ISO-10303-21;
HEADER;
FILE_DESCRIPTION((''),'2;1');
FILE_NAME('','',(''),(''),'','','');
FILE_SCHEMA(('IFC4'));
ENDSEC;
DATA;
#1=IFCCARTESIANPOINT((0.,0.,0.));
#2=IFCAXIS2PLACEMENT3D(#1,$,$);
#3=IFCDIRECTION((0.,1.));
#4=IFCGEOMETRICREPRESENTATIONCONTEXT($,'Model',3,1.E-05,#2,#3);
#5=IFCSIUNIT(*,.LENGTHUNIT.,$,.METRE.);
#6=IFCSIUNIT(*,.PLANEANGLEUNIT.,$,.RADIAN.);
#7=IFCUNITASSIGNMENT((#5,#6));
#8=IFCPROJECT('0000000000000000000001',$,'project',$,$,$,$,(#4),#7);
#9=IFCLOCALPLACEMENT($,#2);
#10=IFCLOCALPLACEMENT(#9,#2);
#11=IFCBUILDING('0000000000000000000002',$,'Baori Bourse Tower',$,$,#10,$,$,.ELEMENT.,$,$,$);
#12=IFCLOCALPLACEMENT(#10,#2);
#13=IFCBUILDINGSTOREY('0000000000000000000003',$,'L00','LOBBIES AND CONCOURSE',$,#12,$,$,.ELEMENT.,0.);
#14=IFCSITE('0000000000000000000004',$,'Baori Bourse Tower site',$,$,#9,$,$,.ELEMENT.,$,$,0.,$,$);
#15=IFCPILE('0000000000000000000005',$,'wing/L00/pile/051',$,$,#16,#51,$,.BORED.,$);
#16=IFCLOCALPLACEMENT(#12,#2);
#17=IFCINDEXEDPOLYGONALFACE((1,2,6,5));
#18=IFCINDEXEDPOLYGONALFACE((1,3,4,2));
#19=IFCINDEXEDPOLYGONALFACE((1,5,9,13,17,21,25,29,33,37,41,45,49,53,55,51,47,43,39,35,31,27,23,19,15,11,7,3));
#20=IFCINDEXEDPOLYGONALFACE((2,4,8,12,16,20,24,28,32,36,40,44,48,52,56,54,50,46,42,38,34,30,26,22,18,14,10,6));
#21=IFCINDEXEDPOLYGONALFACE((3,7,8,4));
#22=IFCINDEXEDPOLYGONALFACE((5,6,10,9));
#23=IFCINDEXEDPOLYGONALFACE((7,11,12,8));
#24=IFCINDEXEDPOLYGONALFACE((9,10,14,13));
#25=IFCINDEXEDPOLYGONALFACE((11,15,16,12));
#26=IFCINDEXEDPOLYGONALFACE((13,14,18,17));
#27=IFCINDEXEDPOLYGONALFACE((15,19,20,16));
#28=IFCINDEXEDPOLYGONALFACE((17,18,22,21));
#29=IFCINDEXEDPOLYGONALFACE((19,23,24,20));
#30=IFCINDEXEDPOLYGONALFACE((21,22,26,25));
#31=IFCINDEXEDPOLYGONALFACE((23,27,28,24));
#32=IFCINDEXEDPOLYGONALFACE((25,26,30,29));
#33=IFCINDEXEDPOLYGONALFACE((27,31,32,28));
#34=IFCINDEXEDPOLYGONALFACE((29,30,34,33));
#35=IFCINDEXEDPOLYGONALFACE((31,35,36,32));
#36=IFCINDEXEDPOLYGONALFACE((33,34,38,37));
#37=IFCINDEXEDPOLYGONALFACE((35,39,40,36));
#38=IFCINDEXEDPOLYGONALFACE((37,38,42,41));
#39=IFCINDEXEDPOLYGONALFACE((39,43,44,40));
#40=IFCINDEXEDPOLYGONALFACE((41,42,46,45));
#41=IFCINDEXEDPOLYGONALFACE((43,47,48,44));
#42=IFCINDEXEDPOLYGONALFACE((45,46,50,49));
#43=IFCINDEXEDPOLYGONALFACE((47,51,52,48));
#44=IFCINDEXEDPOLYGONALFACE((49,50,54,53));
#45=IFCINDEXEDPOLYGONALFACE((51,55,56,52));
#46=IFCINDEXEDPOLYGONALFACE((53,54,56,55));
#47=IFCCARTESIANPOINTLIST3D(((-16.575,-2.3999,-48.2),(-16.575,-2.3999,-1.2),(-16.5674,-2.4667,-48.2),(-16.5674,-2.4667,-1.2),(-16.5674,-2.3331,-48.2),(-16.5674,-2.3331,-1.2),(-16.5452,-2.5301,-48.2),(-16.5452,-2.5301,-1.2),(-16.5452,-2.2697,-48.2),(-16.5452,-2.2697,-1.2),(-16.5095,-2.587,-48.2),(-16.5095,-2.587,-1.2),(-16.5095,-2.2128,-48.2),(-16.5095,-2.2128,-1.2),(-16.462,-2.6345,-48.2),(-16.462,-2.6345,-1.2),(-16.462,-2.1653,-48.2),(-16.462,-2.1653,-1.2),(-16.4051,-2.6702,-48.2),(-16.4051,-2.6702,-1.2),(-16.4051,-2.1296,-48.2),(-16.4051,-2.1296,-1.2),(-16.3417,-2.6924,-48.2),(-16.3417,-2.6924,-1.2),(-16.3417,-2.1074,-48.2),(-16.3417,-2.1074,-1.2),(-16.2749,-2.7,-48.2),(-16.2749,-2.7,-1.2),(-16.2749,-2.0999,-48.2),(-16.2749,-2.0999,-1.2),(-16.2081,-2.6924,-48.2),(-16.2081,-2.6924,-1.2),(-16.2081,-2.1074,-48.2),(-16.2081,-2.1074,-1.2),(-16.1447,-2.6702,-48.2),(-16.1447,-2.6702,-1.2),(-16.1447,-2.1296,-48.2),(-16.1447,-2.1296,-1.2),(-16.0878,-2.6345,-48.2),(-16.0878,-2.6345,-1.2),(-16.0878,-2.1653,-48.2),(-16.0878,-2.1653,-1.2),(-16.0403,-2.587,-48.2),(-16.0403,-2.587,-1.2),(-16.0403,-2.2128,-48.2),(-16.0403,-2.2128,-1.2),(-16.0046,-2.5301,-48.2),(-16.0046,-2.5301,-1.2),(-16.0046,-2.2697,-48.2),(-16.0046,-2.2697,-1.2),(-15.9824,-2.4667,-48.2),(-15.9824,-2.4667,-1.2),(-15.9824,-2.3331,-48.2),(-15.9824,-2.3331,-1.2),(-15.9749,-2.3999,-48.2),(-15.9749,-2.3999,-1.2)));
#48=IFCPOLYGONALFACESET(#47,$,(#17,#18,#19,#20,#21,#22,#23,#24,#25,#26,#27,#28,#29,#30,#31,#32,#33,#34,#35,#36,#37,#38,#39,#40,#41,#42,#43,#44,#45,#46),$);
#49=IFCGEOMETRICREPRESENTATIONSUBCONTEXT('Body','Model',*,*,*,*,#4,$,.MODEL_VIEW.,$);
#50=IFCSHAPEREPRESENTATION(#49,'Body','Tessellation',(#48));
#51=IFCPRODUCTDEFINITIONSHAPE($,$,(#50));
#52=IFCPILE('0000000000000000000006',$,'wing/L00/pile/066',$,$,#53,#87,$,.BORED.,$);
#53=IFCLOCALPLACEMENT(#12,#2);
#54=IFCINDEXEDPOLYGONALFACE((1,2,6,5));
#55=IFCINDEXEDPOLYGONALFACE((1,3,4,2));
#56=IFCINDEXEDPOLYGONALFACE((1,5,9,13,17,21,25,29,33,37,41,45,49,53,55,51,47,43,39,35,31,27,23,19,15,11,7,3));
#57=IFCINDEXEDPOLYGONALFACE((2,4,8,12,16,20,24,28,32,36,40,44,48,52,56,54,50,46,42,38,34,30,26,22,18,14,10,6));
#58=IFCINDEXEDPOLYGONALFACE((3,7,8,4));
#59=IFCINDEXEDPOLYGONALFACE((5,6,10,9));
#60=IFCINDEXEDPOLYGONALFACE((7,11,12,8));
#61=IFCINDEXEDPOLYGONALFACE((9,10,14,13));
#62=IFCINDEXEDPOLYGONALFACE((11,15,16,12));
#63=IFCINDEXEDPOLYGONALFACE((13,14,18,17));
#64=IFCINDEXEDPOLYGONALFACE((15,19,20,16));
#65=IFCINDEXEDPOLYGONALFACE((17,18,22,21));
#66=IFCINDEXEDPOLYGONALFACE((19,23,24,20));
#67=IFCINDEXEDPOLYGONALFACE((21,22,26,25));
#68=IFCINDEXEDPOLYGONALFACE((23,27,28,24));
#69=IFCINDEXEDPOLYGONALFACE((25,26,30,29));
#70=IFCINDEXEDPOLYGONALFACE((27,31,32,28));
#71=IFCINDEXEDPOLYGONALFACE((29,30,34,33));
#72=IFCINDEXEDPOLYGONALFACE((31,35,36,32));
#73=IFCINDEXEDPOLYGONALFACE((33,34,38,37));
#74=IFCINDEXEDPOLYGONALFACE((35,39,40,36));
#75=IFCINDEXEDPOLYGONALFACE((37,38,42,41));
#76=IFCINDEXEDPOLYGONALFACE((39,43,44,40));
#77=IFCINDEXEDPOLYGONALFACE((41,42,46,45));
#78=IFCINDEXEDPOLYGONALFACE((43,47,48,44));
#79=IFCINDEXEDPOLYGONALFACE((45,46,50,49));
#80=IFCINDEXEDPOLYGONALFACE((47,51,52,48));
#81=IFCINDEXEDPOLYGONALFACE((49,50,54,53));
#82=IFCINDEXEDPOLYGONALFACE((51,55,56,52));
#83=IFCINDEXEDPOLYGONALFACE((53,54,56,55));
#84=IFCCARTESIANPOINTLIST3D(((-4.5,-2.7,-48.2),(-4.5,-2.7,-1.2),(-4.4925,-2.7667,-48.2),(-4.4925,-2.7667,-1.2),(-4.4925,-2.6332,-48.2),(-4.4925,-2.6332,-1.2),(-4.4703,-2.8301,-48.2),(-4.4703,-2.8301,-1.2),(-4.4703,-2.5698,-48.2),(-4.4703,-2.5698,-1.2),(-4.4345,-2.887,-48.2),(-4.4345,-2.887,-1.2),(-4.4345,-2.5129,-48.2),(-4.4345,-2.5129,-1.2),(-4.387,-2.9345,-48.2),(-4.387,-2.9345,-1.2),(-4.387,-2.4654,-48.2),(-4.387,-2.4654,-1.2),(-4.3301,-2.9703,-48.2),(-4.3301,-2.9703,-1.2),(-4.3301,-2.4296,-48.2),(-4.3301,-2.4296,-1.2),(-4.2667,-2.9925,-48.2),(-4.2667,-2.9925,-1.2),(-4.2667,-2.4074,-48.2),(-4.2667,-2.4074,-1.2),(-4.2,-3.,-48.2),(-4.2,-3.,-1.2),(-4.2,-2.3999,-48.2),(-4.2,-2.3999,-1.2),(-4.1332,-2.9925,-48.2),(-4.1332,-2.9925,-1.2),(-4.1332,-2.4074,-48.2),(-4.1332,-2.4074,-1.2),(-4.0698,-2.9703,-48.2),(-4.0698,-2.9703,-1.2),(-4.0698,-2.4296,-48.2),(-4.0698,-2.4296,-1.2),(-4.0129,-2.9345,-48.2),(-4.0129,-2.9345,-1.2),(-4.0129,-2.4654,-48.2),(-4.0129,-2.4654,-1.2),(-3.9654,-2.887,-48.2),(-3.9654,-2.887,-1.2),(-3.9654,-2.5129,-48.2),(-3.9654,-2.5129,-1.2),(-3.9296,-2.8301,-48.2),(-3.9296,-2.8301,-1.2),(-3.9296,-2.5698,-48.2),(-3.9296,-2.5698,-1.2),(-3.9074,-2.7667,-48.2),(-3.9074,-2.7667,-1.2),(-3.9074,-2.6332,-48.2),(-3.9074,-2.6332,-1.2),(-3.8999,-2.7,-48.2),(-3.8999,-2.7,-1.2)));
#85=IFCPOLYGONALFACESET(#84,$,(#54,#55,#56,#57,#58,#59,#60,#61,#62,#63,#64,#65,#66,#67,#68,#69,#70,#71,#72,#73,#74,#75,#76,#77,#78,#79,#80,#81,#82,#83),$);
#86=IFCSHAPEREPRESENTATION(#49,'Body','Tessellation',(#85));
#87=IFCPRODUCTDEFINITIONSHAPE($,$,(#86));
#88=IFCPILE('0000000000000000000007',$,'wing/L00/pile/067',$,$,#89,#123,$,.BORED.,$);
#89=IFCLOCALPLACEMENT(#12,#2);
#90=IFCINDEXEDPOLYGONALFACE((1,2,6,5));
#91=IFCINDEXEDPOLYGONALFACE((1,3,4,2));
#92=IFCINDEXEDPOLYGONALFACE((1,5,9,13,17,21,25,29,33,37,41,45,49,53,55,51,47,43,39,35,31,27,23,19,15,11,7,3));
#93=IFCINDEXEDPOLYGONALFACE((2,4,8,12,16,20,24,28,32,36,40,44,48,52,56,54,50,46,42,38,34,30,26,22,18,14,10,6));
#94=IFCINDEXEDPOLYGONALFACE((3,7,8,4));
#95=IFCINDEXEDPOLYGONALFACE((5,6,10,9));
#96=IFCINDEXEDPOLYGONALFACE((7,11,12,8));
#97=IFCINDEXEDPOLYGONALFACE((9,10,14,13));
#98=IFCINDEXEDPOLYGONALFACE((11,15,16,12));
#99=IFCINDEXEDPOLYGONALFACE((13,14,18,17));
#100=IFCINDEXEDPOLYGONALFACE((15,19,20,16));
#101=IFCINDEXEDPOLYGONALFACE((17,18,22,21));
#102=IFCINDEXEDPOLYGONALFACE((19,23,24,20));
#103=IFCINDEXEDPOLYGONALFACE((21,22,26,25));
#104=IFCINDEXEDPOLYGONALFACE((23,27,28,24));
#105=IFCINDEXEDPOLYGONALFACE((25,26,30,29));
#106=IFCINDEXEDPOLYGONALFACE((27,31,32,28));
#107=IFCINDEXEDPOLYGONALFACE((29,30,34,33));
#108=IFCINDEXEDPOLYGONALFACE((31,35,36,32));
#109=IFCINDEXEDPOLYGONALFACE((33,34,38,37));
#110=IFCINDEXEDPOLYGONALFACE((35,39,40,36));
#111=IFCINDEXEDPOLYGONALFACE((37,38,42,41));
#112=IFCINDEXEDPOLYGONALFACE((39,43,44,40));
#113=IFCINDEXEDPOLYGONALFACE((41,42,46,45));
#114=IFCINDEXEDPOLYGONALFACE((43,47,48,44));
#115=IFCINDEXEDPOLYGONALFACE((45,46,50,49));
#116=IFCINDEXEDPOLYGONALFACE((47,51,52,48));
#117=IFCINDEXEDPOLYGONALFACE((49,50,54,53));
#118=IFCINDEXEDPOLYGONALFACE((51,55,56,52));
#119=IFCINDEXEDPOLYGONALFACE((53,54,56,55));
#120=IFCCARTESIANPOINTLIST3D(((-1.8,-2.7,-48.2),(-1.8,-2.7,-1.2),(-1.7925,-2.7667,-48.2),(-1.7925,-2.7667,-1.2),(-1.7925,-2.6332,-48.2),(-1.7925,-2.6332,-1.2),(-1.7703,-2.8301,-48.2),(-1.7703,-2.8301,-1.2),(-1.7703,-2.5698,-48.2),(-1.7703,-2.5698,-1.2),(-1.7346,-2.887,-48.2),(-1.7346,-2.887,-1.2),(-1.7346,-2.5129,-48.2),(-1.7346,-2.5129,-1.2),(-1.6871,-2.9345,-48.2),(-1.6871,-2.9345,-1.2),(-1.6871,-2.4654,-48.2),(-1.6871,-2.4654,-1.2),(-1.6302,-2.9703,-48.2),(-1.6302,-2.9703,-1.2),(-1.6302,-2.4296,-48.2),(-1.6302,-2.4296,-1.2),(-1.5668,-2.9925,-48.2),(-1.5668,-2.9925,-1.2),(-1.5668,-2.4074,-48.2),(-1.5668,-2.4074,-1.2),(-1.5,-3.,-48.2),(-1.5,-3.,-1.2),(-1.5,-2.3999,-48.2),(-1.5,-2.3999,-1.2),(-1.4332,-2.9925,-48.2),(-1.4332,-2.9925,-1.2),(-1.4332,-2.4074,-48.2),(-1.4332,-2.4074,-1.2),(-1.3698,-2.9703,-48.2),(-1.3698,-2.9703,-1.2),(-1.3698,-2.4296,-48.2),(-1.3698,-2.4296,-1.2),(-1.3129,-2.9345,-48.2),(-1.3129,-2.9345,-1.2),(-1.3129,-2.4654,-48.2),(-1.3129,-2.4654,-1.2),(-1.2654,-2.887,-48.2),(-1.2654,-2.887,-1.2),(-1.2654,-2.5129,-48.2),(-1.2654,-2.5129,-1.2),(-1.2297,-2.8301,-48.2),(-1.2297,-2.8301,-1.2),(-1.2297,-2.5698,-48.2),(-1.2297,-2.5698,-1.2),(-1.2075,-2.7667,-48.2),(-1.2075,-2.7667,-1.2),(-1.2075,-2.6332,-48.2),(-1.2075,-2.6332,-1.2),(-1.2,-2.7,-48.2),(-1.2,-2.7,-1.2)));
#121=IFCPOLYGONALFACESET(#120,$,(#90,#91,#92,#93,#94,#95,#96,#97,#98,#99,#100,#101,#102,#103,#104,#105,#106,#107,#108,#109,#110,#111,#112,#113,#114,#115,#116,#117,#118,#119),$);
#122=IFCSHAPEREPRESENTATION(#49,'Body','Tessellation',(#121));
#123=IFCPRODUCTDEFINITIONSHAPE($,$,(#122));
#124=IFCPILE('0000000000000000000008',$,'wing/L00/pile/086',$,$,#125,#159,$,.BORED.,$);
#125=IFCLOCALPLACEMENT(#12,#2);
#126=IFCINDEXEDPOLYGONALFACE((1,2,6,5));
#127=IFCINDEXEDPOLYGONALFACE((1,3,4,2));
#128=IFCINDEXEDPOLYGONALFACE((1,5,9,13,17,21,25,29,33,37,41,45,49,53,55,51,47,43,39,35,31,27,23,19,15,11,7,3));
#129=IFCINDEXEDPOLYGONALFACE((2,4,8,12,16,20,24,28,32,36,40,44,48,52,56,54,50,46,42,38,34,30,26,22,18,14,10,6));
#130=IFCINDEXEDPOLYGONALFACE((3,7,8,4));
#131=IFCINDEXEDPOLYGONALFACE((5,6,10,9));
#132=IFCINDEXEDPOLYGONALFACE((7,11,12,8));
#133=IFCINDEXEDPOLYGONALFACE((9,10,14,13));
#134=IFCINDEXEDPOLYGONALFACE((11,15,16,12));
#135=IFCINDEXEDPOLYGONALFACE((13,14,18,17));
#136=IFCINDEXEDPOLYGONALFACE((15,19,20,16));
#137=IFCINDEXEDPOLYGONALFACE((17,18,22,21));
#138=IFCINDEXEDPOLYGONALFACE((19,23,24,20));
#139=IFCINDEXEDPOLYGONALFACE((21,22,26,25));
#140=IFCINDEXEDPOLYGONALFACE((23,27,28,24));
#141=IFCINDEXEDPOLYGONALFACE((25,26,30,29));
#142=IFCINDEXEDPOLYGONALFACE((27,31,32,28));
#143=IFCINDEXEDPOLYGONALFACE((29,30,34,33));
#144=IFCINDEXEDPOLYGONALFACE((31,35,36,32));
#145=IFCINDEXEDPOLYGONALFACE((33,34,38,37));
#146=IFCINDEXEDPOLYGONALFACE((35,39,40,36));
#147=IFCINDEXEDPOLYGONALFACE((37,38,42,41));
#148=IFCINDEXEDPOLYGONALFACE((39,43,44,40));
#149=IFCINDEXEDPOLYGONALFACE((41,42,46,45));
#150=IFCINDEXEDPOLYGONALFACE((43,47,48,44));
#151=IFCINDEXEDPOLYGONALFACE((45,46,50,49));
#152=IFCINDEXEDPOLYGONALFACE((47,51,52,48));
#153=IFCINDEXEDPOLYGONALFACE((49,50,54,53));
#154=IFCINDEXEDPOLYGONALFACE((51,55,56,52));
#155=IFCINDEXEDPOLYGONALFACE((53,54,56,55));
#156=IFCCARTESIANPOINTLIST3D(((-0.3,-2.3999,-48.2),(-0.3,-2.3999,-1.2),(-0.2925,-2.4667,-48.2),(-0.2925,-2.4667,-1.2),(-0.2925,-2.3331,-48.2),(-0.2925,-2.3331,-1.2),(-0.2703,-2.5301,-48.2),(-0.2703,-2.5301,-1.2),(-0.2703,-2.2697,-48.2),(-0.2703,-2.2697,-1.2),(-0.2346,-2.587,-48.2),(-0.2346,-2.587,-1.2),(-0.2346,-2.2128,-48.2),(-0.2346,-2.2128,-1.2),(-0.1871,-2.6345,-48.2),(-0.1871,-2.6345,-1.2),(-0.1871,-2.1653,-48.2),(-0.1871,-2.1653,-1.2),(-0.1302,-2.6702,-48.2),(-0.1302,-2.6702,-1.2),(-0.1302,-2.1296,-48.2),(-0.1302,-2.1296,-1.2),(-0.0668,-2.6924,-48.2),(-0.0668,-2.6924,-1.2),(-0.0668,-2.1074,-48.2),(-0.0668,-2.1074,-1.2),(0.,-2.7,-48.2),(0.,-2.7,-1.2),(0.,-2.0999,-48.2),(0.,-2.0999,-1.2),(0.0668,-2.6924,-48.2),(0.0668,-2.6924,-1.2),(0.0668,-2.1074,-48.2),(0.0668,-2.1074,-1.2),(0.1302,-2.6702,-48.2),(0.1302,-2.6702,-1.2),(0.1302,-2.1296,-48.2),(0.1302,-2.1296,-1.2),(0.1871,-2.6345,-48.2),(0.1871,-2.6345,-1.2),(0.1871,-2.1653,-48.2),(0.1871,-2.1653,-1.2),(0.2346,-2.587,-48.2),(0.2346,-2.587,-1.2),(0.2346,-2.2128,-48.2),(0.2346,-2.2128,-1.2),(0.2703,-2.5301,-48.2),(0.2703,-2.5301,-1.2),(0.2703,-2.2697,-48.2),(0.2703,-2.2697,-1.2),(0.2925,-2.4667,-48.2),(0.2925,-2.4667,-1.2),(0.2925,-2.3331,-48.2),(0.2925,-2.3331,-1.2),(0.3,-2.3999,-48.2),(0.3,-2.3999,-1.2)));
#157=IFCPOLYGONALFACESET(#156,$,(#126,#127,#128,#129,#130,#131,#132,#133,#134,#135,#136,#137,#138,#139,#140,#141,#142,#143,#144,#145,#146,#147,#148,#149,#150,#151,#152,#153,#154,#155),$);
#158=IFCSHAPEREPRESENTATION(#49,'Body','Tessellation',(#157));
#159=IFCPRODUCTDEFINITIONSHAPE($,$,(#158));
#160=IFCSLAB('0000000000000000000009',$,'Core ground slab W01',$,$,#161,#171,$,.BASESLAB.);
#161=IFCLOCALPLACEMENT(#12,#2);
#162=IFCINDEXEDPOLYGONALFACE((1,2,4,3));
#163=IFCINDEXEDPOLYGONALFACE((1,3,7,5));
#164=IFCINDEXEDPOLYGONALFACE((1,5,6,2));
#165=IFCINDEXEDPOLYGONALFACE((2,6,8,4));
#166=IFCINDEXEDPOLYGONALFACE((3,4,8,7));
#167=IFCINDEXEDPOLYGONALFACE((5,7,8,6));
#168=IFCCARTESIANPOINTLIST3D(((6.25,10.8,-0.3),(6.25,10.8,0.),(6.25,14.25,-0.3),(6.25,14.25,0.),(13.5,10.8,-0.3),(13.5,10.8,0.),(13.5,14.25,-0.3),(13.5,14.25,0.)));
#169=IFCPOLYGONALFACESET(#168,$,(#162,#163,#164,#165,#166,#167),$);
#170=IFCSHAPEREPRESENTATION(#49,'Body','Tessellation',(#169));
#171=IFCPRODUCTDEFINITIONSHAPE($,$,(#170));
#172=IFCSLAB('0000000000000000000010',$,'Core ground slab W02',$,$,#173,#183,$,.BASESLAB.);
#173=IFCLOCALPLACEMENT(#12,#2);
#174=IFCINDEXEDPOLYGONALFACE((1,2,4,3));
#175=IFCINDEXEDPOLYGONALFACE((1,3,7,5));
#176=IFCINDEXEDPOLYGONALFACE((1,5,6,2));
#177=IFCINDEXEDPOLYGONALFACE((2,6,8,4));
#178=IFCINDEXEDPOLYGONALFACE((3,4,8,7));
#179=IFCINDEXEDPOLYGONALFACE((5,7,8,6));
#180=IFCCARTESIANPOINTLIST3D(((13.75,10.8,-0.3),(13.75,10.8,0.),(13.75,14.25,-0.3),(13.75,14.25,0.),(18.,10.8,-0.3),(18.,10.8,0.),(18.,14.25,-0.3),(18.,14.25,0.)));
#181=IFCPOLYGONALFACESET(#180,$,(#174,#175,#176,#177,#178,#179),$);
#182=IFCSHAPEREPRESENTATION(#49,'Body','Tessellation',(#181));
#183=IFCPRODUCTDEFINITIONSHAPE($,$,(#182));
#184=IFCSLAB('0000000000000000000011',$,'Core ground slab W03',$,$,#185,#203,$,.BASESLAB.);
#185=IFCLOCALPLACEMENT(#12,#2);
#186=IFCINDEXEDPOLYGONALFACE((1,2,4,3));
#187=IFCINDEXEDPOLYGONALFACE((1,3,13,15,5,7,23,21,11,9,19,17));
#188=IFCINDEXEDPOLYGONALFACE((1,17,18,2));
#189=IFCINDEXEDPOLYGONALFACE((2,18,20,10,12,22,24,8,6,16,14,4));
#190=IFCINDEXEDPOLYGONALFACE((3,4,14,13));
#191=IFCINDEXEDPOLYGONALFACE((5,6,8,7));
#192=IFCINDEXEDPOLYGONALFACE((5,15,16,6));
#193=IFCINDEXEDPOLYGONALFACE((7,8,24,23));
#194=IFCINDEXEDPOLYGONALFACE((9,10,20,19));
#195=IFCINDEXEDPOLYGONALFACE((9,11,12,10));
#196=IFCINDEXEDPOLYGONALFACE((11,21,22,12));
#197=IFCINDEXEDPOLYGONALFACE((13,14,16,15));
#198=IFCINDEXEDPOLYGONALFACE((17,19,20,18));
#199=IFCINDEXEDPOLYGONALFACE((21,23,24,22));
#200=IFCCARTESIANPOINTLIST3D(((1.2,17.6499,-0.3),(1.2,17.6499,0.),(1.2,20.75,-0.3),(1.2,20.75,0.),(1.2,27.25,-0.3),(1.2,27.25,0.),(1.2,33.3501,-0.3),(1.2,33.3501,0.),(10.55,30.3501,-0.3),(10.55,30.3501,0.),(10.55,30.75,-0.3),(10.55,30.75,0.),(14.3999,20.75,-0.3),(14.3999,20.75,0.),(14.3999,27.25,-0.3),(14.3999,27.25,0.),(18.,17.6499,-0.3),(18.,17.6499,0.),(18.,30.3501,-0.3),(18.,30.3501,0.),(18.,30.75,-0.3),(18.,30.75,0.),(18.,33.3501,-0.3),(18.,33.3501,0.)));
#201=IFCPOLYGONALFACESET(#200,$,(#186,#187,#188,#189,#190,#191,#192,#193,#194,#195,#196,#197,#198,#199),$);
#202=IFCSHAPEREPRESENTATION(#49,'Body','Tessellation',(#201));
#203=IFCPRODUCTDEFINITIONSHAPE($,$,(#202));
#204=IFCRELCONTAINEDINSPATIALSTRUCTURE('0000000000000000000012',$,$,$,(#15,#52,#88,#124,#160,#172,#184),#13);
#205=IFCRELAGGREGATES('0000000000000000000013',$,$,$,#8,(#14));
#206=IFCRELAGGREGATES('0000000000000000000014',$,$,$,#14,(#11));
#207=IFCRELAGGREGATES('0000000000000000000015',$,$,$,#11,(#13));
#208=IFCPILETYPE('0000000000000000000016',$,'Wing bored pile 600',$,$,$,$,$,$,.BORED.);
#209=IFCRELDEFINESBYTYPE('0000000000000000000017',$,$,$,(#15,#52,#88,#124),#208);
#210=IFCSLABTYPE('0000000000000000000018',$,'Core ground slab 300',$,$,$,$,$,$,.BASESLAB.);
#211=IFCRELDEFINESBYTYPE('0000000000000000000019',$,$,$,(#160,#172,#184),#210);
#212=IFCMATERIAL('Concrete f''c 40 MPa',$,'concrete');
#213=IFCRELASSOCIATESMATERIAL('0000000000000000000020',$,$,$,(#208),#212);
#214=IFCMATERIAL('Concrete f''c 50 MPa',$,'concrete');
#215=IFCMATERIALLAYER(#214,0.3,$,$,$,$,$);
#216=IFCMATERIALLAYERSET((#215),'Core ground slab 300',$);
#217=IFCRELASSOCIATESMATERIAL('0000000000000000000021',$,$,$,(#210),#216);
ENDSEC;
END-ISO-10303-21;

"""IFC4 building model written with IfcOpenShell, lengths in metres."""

from ifc_helpers import new_model, si_unit, direction, frame, origin, origin_2d, place, context, subcontext, project, spatial, polyline, circle, outline, extrude, material, layer, layer_set, material_profile, profile_set, type_object, element, save


model = new_model("IFC4")

# Units and contexts
model_context = context("Model", 3, precision=1e-05, world=origin(), true_north=direction((0.0, 1.0)))
body_context = subcontext(model_context, "Body", "Model", "MODEL_VIEW")
ifc_project = project(units=[si_unit("LENGTHUNIT", "METRE"), si_unit("PLANEANGLEUNIT", "RADIAN")], contexts=[model_context])

# Site, building, storey
site_placement = place(None, origin())
site = spatial("IfcSite", under=ifc_project, at=site_placement, Name="Baori Bourse Tower site", CompositionType="ELEMENT", RefElevation=0.0)
building_placement = place(site_placement, origin())
building = spatial("IfcBuilding", under=site, at=building_placement, Name="Baori Bourse Tower", CompositionType="ELEMENT")
storey_placement = place(building_placement, origin())
storey = spatial("IfcBuildingStorey", under=building, at=storey_placement, Name="L00", Description="LOBBIES AND CONCOURSE", CompositionType="ELEMENT", Elevation=0.0)

# Piles
ifc_material_1 = material(Name="Concrete f'c 40 MPa", Category="concrete")
ifc_material_profile = material_profile(ifc_material_1, circle(Radius=0.3, at=origin_2d()), Name="Wing bored pile 600")
ifc_profile_set = profile_set([ifc_material_profile], Name="Concrete f'c 40 MPa")
pile_type = type_object("IfcPileType", Name="Wing bored pile 600", PredefinedType="BORED", material=ifc_profile_set)
for number, where, z_axis, x_axis, name in (
    (1, (-16.2749, -2.3999, -1.2), (0.0, 0.0, -1.0), (1.0, 0.0, 0.0), "wing/L00/pile/051"),
    (2, (-4.2, -2.7, -1.2), (0.0, 0.0, -1.0), (1.0, 0.0, 0.0), "wing/L00/pile/066"),
    (3, (-1.5, -2.7, -1.2), (0.0, 0.0, -1.0), (1.0, 0.0, 0.0), "wing/L00/pile/067"),
    (4, (0.0, -2.3999, -1.2), (0.0, 0.0, -1.0), (1.0, 0.0, 0.0), "wing/L00/pile/086"),
):
    element("IfcPile", number, at=place(storey_placement, frame(where, z_axis=z_axis, x_axis=x_axis)), inside=storey, type_object=pile_type, Name=name, PredefinedType="BORED", context=body_context, shape_type="SweptSolid", body=[
        extrude(circle(Radius=0.3, at=origin_2d()), origin(), (0.0, 0.0, 1.0), 47.0),
    ])

# Slabs
ifc_material_2 = material(Name="Concrete f'c 50 MPa", Category="concrete")
ifc_layer_1 = layer(ifc_material_2, 0.3)
ifc_layer_set_1 = layer_set([ifc_layer_1], Name="Core ground slab 300")
slab_type_1 = type_object("IfcSlabType", Name="Core ground slab 300", PredefinedType="BASESLAB", material=ifc_layer_set_1)
slab_1_placement = place(storey_placement, frame((0.0, 0.0, -0.3)))
element("IfcSlab", 5, at=slab_1_placement, inside=storey, type_object=slab_type_1, Name="Core ground slab W01", PredefinedType="BASESLAB", context=body_context, shape_type="SweptSolid", body=[
    extrude(outline(polyline([(6.25, 14.25), (6.25, 10.8), (13.5, 10.8), (13.5, 14.25), (6.25, 14.25)])), origin(), (0.0, 0.0, 1.0), 0.3),
])
slab_2_placement = place(storey_placement, frame((0.0, 0.0, -0.3)))
element("IfcSlab", 6, at=slab_2_placement, inside=storey, type_object=slab_type_1, Name="Core ground slab W02", PredefinedType="BASESLAB", context=body_context, shape_type="SweptSolid", body=[
    extrude(outline(polyline([(13.75, 10.8), (18.0, 10.8), (18.0, 14.25), (13.75, 14.25), (13.75, 10.8)])), origin(), (0.0, 0.0, 1.0), 0.3),
])
slab_3_placement = place(storey_placement, frame((0.0, 0.0, -0.3)))
element("IfcSlab", 7, at=slab_3_placement, inside=storey, type_object=slab_type_1, Name="Core ground slab W03", PredefinedType="BASESLAB", context=body_context, shape_type="SweptSolid", body=[
    extrude(outline(polyline([(18.0, 33.3501), (1.2, 33.3501), (1.2, 27.25), (14.3999, 27.25), (14.3999, 20.75), (1.2, 20.75), (1.2, 17.6499), (18.0, 17.6499), (18.0, 30.3501), (10.55, 30.3501), (10.55, 30.75), (18.0, 30.75), (18.0, 33.3501)])), origin(), (0.0, 0.0, 1.0), 0.3),
])

save(model, "model.ifc")
